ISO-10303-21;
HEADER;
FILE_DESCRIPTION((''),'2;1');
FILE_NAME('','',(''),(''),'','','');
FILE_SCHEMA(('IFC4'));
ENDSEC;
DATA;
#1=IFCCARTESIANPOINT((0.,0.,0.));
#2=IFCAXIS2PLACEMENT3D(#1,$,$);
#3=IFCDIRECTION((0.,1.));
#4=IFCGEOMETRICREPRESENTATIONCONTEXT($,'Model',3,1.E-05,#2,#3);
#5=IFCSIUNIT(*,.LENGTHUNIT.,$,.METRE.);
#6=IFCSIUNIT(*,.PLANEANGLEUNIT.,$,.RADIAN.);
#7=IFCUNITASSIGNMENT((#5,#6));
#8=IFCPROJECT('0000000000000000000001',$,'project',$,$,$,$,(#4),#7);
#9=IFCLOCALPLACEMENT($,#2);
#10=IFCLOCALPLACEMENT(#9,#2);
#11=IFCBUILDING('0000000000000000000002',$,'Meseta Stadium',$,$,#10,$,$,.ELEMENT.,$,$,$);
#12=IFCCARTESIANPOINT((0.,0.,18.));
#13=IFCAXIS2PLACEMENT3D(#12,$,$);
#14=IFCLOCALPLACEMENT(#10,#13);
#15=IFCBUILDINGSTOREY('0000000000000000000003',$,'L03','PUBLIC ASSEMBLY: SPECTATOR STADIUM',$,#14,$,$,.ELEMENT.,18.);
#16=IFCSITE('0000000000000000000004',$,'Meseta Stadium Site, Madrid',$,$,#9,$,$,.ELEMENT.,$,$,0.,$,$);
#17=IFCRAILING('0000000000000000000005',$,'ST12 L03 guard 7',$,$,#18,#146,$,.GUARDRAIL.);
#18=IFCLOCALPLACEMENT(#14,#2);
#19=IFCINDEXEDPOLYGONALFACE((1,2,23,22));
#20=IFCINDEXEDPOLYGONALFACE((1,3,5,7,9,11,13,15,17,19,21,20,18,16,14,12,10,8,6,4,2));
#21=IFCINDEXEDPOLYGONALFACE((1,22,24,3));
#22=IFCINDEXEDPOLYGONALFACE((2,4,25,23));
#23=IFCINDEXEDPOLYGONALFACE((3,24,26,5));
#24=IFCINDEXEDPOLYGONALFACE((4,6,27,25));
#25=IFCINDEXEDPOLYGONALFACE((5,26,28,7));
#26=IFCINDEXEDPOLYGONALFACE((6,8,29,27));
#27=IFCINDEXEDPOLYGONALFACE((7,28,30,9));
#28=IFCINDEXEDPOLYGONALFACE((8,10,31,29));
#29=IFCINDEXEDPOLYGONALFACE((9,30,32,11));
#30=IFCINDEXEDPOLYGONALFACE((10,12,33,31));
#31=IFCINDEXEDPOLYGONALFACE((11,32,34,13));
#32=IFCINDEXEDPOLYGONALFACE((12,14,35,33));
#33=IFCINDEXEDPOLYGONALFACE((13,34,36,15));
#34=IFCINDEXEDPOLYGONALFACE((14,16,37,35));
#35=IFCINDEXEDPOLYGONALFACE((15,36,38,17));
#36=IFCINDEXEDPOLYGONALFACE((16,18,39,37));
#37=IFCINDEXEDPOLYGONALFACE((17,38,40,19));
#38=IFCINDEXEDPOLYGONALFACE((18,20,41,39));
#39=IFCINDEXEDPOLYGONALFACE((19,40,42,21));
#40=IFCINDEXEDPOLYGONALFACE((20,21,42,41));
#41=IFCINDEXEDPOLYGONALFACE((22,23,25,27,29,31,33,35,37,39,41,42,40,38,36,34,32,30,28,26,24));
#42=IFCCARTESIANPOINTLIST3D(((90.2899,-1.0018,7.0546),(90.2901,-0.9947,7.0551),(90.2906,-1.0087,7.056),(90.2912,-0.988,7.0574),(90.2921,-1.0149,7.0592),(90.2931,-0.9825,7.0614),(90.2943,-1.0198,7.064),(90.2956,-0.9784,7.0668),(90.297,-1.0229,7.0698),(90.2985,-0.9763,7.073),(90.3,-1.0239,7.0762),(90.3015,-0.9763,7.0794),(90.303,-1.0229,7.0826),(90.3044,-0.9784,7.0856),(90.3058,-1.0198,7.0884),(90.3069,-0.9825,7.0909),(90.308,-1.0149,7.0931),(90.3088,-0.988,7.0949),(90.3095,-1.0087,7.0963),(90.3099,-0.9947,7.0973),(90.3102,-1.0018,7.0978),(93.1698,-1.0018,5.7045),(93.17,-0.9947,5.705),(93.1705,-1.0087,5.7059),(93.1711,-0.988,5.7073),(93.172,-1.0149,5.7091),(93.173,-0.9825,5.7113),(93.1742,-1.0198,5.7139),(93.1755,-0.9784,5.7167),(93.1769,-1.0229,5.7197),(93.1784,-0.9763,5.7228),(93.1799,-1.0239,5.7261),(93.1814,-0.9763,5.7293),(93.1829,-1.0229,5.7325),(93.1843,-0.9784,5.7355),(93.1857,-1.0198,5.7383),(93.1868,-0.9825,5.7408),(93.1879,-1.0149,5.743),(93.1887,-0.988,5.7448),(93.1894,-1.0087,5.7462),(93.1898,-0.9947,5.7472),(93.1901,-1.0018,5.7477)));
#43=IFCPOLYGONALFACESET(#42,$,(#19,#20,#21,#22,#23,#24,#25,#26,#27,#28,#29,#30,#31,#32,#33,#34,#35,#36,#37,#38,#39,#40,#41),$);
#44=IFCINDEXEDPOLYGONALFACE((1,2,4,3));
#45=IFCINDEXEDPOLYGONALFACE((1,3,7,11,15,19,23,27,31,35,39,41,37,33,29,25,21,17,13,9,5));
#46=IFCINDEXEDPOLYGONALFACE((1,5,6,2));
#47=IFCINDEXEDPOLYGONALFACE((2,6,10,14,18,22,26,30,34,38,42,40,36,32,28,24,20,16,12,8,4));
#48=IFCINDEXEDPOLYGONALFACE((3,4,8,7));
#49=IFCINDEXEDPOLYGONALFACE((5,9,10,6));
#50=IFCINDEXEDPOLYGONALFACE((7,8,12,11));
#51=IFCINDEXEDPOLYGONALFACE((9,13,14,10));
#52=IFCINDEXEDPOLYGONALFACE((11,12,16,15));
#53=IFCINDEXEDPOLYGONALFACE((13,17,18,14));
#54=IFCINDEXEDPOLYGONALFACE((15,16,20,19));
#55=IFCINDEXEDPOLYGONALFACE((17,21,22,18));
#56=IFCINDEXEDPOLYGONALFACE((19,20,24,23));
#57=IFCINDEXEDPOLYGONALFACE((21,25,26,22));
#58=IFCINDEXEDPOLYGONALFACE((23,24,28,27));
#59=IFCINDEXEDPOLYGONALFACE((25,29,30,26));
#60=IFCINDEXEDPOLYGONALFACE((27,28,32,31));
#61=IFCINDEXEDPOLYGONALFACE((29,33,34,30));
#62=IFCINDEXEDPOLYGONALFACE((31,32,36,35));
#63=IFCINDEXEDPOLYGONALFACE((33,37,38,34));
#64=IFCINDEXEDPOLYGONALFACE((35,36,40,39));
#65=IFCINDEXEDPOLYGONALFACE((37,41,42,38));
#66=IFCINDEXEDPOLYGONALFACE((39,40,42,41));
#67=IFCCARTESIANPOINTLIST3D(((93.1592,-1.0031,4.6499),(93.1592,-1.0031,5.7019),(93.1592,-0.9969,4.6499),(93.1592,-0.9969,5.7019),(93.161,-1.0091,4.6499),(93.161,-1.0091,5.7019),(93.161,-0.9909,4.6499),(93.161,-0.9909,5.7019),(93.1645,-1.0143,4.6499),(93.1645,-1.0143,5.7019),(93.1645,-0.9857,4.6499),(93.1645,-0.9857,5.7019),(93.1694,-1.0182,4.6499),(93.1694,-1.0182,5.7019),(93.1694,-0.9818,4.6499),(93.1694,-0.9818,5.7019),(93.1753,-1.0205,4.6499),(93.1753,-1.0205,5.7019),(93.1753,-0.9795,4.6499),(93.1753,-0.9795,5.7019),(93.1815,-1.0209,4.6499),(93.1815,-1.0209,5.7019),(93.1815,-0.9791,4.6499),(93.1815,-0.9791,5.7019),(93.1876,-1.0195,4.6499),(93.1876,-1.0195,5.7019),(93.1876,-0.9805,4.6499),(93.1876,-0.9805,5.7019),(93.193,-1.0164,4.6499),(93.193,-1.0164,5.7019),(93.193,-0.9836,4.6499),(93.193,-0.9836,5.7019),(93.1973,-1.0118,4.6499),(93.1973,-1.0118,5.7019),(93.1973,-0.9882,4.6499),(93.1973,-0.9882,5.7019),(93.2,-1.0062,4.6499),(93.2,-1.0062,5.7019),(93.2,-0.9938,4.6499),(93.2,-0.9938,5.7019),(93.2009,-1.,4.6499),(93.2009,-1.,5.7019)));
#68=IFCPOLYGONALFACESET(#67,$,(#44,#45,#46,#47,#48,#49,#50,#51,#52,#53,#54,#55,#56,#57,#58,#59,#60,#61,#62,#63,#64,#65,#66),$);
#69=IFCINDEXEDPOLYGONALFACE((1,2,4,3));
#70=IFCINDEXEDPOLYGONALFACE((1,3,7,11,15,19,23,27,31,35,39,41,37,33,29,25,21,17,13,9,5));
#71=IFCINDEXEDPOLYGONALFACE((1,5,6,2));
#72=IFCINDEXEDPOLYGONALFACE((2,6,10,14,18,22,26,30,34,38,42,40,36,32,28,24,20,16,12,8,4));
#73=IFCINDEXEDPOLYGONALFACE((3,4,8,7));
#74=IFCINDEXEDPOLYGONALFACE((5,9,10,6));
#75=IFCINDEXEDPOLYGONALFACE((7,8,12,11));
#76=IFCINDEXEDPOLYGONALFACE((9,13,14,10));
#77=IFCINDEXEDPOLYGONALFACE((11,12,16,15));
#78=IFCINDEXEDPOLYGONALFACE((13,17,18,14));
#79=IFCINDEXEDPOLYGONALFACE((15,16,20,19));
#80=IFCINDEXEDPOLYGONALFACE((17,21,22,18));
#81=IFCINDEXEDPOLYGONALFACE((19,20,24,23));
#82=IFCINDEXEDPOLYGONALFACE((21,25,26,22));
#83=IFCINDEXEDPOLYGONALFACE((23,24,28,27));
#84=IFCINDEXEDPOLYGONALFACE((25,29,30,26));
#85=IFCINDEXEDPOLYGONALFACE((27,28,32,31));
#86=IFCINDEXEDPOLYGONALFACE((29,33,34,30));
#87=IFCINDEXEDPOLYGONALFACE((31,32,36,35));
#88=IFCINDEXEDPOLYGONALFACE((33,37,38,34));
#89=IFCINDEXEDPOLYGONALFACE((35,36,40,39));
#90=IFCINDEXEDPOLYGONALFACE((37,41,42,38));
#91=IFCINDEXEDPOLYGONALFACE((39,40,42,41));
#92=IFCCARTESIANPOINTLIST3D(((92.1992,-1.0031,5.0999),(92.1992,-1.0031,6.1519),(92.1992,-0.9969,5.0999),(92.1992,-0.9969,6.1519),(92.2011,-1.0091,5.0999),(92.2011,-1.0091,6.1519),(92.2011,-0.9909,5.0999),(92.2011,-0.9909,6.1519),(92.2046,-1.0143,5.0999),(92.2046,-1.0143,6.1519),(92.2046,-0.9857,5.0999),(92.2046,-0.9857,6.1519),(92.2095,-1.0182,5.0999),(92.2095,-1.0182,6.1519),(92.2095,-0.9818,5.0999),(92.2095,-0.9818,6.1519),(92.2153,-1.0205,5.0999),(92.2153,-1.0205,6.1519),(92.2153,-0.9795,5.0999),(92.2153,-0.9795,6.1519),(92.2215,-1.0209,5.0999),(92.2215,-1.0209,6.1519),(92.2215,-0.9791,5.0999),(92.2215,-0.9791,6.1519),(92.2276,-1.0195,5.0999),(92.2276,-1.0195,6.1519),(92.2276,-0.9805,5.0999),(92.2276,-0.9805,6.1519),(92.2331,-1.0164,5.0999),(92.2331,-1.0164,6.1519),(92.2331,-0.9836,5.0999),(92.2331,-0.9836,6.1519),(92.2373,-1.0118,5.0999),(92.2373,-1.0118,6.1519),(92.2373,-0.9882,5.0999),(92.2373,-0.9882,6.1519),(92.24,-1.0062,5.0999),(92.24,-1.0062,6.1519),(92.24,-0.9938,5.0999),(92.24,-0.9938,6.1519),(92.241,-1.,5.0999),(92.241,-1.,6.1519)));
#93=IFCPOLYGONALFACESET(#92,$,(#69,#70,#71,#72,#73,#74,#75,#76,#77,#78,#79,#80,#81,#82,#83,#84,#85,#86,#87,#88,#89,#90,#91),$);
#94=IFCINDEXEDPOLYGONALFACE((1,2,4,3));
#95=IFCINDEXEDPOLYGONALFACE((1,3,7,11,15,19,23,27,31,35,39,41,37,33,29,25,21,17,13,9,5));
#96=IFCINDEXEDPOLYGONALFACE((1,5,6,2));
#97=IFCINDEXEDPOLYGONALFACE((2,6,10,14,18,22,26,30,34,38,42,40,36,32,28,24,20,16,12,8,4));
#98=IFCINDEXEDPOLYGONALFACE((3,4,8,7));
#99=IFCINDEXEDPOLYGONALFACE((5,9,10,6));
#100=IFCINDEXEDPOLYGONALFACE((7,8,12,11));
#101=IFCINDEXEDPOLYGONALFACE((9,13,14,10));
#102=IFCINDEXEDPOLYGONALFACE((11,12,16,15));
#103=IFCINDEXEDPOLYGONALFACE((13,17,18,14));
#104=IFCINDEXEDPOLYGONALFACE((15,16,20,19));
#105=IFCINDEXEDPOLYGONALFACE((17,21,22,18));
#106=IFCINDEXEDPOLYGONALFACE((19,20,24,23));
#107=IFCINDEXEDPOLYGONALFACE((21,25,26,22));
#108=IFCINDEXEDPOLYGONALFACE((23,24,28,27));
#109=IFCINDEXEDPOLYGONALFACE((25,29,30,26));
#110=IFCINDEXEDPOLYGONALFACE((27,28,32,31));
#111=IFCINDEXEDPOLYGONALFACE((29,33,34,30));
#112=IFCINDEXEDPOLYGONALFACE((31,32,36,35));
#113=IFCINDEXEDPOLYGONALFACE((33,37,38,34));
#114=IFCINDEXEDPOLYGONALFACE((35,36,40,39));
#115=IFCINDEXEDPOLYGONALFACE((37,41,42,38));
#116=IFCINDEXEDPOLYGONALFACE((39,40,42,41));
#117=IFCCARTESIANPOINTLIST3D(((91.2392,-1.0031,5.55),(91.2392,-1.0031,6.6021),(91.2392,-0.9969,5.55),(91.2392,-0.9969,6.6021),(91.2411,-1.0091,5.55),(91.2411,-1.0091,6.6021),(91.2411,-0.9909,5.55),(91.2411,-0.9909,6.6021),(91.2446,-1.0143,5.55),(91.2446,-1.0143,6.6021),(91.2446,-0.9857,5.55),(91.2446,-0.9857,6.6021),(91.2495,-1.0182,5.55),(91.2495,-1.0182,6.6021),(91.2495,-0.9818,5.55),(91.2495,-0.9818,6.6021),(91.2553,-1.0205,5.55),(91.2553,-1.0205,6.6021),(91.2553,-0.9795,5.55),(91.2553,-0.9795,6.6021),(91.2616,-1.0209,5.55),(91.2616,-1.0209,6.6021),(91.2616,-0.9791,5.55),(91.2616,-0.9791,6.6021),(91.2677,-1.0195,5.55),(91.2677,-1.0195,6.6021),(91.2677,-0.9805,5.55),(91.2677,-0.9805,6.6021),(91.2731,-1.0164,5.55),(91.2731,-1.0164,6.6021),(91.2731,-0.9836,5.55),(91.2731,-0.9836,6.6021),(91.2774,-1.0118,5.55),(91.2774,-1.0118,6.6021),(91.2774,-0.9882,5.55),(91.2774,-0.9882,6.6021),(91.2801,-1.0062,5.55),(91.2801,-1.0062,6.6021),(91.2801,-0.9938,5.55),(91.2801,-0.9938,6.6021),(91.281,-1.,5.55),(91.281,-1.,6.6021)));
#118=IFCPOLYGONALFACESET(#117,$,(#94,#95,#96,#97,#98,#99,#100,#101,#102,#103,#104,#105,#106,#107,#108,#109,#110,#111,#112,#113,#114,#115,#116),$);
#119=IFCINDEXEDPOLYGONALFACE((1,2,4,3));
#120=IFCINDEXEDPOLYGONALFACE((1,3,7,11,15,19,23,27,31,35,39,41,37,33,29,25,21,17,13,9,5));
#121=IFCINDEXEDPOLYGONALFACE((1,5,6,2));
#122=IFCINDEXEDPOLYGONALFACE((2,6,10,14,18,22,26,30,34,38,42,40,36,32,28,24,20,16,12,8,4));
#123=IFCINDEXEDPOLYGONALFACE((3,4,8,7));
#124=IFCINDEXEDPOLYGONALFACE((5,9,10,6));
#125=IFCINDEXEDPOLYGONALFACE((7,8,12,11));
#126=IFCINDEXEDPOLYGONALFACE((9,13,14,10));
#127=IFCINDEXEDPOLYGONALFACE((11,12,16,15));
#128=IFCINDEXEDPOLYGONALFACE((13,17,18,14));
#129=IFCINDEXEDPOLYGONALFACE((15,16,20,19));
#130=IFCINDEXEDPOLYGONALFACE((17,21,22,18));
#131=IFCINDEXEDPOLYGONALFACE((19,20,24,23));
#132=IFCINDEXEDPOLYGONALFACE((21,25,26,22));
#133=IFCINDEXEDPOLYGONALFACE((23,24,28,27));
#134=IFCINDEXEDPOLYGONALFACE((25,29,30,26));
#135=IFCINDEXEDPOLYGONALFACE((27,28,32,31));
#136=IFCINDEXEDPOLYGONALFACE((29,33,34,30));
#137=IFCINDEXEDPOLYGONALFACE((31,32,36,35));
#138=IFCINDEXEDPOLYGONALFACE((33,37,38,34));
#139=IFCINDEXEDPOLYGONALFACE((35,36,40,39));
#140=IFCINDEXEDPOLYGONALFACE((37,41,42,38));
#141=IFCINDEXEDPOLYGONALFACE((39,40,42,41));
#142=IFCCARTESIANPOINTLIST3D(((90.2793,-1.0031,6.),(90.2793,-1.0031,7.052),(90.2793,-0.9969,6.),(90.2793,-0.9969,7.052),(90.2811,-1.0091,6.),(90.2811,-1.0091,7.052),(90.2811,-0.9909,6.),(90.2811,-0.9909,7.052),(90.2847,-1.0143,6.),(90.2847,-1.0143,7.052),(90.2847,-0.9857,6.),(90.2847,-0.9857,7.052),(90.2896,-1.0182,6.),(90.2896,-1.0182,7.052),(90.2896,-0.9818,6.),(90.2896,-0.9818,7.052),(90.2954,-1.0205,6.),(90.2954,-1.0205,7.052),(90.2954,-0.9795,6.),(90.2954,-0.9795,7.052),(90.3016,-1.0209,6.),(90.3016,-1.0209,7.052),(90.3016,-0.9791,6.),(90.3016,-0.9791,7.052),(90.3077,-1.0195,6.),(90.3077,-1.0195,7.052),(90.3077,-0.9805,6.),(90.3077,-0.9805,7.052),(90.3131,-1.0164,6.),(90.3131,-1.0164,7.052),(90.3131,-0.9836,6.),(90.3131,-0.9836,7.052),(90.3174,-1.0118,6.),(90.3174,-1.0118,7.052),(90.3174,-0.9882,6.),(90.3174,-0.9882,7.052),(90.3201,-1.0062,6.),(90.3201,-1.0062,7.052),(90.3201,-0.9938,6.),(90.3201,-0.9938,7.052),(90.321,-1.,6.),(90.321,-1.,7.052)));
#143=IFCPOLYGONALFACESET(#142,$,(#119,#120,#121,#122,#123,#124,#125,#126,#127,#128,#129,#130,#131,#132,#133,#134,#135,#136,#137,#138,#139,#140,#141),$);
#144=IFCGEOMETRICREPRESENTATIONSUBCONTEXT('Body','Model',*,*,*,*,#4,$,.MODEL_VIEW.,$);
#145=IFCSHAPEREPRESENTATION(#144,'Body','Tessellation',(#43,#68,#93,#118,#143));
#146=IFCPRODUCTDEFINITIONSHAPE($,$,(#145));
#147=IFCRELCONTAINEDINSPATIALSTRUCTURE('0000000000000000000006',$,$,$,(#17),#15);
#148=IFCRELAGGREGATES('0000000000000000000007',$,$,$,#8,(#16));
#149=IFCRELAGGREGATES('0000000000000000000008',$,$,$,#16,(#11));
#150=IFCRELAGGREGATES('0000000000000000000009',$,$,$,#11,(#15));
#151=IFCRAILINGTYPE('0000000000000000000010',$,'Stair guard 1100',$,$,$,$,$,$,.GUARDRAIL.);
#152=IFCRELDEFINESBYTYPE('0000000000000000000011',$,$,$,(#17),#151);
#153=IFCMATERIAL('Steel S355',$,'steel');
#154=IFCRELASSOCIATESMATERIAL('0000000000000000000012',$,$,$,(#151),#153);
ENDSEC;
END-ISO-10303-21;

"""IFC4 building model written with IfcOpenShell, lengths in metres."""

from ifc_helpers import new_model, si_unit, direction, frame, origin, origin_2d, place, context, subcontext, project, spatial, circle, extrude, material, type_object, element, save


model = new_model("IFC4")

# Units and contexts
model_context = context("Model", 3, precision=1e-05, world=origin(), true_north=direction((0.0, 1.0)))
body_context = subcontext(model_context, "Body", "Model", "MODEL_VIEW")
ifc_project = project(units=[si_unit("LENGTHUNIT", "METRE"), si_unit("PLANEANGLEUNIT", "RADIAN")], contexts=[model_context])

# Site, building, storey
site_placement = place(None, origin())
site = spatial("IfcSite", under=ifc_project, at=site_placement, Name="Meseta Stadium Site, Madrid", CompositionType="ELEMENT", RefElevation=0.0)
building_placement = place(site_placement, origin())
building = spatial("IfcBuilding", under=site, at=building_placement, Name="Meseta Stadium", CompositionType="ELEMENT")
storey_placement = place(building_placement, frame((0.0, 0.0, 18.0)))
storey = spatial("IfcBuildingStorey", under=building, at=storey_placement, Name="L03", Description="PUBLIC ASSEMBLY: SPECTATOR STADIUM", CompositionType="ELEMENT", Elevation=18.0)

# Railing
ifc_material_1 = material(Name="Steel S355", Category="steel")
railing_type_1 = type_object("IfcRailingType", Name="Stair guard 1100", PredefinedType="GUARDRAIL", material=ifc_material_1)
railing_1_placement = place(storey_placement, frame((93.1799, -1.0, 4.6499)))
element("IfcRailing", 1, at=railing_1_placement, inside=storey, type_object=railing_type_1, Name="ST12 L03 guard 7", PredefinedType="GUARDRAIL", context=body_context, shape_type="SweptSolid", body=[
    extrude(circle(Radius=0.0239, at=origin_2d()), frame((0.0, 0.0, 1.0762), z_axis=(-0.90544, 0.0, 0.424473), x_axis=(0.0, -1.0, 0.0)), (0.0, 0.0, 1.0), 3.1807),
    extrude(circle(Radius=0.021, at=origin_2d()), origin(), (0.0, 0.0, 1.0), 1.052),
    extrude(circle(Radius=0.021, at=origin_2d()), frame((-0.96, 0.0, 0.45)), (0.0, 0.0, 1.0), 1.052),
    extrude(circle(Radius=0.021, at=origin_2d()), frame((-1.9199, 0.0, 0.9001)), (0.0, 0.0, 1.0), 1.052),
    extrude(circle(Radius=0.021, at=origin_2d()), frame((-2.8799, 0.0, 1.3501)), (0.0, 0.0, 1.0), 1.052),
])

save(model, "model.ifc")
